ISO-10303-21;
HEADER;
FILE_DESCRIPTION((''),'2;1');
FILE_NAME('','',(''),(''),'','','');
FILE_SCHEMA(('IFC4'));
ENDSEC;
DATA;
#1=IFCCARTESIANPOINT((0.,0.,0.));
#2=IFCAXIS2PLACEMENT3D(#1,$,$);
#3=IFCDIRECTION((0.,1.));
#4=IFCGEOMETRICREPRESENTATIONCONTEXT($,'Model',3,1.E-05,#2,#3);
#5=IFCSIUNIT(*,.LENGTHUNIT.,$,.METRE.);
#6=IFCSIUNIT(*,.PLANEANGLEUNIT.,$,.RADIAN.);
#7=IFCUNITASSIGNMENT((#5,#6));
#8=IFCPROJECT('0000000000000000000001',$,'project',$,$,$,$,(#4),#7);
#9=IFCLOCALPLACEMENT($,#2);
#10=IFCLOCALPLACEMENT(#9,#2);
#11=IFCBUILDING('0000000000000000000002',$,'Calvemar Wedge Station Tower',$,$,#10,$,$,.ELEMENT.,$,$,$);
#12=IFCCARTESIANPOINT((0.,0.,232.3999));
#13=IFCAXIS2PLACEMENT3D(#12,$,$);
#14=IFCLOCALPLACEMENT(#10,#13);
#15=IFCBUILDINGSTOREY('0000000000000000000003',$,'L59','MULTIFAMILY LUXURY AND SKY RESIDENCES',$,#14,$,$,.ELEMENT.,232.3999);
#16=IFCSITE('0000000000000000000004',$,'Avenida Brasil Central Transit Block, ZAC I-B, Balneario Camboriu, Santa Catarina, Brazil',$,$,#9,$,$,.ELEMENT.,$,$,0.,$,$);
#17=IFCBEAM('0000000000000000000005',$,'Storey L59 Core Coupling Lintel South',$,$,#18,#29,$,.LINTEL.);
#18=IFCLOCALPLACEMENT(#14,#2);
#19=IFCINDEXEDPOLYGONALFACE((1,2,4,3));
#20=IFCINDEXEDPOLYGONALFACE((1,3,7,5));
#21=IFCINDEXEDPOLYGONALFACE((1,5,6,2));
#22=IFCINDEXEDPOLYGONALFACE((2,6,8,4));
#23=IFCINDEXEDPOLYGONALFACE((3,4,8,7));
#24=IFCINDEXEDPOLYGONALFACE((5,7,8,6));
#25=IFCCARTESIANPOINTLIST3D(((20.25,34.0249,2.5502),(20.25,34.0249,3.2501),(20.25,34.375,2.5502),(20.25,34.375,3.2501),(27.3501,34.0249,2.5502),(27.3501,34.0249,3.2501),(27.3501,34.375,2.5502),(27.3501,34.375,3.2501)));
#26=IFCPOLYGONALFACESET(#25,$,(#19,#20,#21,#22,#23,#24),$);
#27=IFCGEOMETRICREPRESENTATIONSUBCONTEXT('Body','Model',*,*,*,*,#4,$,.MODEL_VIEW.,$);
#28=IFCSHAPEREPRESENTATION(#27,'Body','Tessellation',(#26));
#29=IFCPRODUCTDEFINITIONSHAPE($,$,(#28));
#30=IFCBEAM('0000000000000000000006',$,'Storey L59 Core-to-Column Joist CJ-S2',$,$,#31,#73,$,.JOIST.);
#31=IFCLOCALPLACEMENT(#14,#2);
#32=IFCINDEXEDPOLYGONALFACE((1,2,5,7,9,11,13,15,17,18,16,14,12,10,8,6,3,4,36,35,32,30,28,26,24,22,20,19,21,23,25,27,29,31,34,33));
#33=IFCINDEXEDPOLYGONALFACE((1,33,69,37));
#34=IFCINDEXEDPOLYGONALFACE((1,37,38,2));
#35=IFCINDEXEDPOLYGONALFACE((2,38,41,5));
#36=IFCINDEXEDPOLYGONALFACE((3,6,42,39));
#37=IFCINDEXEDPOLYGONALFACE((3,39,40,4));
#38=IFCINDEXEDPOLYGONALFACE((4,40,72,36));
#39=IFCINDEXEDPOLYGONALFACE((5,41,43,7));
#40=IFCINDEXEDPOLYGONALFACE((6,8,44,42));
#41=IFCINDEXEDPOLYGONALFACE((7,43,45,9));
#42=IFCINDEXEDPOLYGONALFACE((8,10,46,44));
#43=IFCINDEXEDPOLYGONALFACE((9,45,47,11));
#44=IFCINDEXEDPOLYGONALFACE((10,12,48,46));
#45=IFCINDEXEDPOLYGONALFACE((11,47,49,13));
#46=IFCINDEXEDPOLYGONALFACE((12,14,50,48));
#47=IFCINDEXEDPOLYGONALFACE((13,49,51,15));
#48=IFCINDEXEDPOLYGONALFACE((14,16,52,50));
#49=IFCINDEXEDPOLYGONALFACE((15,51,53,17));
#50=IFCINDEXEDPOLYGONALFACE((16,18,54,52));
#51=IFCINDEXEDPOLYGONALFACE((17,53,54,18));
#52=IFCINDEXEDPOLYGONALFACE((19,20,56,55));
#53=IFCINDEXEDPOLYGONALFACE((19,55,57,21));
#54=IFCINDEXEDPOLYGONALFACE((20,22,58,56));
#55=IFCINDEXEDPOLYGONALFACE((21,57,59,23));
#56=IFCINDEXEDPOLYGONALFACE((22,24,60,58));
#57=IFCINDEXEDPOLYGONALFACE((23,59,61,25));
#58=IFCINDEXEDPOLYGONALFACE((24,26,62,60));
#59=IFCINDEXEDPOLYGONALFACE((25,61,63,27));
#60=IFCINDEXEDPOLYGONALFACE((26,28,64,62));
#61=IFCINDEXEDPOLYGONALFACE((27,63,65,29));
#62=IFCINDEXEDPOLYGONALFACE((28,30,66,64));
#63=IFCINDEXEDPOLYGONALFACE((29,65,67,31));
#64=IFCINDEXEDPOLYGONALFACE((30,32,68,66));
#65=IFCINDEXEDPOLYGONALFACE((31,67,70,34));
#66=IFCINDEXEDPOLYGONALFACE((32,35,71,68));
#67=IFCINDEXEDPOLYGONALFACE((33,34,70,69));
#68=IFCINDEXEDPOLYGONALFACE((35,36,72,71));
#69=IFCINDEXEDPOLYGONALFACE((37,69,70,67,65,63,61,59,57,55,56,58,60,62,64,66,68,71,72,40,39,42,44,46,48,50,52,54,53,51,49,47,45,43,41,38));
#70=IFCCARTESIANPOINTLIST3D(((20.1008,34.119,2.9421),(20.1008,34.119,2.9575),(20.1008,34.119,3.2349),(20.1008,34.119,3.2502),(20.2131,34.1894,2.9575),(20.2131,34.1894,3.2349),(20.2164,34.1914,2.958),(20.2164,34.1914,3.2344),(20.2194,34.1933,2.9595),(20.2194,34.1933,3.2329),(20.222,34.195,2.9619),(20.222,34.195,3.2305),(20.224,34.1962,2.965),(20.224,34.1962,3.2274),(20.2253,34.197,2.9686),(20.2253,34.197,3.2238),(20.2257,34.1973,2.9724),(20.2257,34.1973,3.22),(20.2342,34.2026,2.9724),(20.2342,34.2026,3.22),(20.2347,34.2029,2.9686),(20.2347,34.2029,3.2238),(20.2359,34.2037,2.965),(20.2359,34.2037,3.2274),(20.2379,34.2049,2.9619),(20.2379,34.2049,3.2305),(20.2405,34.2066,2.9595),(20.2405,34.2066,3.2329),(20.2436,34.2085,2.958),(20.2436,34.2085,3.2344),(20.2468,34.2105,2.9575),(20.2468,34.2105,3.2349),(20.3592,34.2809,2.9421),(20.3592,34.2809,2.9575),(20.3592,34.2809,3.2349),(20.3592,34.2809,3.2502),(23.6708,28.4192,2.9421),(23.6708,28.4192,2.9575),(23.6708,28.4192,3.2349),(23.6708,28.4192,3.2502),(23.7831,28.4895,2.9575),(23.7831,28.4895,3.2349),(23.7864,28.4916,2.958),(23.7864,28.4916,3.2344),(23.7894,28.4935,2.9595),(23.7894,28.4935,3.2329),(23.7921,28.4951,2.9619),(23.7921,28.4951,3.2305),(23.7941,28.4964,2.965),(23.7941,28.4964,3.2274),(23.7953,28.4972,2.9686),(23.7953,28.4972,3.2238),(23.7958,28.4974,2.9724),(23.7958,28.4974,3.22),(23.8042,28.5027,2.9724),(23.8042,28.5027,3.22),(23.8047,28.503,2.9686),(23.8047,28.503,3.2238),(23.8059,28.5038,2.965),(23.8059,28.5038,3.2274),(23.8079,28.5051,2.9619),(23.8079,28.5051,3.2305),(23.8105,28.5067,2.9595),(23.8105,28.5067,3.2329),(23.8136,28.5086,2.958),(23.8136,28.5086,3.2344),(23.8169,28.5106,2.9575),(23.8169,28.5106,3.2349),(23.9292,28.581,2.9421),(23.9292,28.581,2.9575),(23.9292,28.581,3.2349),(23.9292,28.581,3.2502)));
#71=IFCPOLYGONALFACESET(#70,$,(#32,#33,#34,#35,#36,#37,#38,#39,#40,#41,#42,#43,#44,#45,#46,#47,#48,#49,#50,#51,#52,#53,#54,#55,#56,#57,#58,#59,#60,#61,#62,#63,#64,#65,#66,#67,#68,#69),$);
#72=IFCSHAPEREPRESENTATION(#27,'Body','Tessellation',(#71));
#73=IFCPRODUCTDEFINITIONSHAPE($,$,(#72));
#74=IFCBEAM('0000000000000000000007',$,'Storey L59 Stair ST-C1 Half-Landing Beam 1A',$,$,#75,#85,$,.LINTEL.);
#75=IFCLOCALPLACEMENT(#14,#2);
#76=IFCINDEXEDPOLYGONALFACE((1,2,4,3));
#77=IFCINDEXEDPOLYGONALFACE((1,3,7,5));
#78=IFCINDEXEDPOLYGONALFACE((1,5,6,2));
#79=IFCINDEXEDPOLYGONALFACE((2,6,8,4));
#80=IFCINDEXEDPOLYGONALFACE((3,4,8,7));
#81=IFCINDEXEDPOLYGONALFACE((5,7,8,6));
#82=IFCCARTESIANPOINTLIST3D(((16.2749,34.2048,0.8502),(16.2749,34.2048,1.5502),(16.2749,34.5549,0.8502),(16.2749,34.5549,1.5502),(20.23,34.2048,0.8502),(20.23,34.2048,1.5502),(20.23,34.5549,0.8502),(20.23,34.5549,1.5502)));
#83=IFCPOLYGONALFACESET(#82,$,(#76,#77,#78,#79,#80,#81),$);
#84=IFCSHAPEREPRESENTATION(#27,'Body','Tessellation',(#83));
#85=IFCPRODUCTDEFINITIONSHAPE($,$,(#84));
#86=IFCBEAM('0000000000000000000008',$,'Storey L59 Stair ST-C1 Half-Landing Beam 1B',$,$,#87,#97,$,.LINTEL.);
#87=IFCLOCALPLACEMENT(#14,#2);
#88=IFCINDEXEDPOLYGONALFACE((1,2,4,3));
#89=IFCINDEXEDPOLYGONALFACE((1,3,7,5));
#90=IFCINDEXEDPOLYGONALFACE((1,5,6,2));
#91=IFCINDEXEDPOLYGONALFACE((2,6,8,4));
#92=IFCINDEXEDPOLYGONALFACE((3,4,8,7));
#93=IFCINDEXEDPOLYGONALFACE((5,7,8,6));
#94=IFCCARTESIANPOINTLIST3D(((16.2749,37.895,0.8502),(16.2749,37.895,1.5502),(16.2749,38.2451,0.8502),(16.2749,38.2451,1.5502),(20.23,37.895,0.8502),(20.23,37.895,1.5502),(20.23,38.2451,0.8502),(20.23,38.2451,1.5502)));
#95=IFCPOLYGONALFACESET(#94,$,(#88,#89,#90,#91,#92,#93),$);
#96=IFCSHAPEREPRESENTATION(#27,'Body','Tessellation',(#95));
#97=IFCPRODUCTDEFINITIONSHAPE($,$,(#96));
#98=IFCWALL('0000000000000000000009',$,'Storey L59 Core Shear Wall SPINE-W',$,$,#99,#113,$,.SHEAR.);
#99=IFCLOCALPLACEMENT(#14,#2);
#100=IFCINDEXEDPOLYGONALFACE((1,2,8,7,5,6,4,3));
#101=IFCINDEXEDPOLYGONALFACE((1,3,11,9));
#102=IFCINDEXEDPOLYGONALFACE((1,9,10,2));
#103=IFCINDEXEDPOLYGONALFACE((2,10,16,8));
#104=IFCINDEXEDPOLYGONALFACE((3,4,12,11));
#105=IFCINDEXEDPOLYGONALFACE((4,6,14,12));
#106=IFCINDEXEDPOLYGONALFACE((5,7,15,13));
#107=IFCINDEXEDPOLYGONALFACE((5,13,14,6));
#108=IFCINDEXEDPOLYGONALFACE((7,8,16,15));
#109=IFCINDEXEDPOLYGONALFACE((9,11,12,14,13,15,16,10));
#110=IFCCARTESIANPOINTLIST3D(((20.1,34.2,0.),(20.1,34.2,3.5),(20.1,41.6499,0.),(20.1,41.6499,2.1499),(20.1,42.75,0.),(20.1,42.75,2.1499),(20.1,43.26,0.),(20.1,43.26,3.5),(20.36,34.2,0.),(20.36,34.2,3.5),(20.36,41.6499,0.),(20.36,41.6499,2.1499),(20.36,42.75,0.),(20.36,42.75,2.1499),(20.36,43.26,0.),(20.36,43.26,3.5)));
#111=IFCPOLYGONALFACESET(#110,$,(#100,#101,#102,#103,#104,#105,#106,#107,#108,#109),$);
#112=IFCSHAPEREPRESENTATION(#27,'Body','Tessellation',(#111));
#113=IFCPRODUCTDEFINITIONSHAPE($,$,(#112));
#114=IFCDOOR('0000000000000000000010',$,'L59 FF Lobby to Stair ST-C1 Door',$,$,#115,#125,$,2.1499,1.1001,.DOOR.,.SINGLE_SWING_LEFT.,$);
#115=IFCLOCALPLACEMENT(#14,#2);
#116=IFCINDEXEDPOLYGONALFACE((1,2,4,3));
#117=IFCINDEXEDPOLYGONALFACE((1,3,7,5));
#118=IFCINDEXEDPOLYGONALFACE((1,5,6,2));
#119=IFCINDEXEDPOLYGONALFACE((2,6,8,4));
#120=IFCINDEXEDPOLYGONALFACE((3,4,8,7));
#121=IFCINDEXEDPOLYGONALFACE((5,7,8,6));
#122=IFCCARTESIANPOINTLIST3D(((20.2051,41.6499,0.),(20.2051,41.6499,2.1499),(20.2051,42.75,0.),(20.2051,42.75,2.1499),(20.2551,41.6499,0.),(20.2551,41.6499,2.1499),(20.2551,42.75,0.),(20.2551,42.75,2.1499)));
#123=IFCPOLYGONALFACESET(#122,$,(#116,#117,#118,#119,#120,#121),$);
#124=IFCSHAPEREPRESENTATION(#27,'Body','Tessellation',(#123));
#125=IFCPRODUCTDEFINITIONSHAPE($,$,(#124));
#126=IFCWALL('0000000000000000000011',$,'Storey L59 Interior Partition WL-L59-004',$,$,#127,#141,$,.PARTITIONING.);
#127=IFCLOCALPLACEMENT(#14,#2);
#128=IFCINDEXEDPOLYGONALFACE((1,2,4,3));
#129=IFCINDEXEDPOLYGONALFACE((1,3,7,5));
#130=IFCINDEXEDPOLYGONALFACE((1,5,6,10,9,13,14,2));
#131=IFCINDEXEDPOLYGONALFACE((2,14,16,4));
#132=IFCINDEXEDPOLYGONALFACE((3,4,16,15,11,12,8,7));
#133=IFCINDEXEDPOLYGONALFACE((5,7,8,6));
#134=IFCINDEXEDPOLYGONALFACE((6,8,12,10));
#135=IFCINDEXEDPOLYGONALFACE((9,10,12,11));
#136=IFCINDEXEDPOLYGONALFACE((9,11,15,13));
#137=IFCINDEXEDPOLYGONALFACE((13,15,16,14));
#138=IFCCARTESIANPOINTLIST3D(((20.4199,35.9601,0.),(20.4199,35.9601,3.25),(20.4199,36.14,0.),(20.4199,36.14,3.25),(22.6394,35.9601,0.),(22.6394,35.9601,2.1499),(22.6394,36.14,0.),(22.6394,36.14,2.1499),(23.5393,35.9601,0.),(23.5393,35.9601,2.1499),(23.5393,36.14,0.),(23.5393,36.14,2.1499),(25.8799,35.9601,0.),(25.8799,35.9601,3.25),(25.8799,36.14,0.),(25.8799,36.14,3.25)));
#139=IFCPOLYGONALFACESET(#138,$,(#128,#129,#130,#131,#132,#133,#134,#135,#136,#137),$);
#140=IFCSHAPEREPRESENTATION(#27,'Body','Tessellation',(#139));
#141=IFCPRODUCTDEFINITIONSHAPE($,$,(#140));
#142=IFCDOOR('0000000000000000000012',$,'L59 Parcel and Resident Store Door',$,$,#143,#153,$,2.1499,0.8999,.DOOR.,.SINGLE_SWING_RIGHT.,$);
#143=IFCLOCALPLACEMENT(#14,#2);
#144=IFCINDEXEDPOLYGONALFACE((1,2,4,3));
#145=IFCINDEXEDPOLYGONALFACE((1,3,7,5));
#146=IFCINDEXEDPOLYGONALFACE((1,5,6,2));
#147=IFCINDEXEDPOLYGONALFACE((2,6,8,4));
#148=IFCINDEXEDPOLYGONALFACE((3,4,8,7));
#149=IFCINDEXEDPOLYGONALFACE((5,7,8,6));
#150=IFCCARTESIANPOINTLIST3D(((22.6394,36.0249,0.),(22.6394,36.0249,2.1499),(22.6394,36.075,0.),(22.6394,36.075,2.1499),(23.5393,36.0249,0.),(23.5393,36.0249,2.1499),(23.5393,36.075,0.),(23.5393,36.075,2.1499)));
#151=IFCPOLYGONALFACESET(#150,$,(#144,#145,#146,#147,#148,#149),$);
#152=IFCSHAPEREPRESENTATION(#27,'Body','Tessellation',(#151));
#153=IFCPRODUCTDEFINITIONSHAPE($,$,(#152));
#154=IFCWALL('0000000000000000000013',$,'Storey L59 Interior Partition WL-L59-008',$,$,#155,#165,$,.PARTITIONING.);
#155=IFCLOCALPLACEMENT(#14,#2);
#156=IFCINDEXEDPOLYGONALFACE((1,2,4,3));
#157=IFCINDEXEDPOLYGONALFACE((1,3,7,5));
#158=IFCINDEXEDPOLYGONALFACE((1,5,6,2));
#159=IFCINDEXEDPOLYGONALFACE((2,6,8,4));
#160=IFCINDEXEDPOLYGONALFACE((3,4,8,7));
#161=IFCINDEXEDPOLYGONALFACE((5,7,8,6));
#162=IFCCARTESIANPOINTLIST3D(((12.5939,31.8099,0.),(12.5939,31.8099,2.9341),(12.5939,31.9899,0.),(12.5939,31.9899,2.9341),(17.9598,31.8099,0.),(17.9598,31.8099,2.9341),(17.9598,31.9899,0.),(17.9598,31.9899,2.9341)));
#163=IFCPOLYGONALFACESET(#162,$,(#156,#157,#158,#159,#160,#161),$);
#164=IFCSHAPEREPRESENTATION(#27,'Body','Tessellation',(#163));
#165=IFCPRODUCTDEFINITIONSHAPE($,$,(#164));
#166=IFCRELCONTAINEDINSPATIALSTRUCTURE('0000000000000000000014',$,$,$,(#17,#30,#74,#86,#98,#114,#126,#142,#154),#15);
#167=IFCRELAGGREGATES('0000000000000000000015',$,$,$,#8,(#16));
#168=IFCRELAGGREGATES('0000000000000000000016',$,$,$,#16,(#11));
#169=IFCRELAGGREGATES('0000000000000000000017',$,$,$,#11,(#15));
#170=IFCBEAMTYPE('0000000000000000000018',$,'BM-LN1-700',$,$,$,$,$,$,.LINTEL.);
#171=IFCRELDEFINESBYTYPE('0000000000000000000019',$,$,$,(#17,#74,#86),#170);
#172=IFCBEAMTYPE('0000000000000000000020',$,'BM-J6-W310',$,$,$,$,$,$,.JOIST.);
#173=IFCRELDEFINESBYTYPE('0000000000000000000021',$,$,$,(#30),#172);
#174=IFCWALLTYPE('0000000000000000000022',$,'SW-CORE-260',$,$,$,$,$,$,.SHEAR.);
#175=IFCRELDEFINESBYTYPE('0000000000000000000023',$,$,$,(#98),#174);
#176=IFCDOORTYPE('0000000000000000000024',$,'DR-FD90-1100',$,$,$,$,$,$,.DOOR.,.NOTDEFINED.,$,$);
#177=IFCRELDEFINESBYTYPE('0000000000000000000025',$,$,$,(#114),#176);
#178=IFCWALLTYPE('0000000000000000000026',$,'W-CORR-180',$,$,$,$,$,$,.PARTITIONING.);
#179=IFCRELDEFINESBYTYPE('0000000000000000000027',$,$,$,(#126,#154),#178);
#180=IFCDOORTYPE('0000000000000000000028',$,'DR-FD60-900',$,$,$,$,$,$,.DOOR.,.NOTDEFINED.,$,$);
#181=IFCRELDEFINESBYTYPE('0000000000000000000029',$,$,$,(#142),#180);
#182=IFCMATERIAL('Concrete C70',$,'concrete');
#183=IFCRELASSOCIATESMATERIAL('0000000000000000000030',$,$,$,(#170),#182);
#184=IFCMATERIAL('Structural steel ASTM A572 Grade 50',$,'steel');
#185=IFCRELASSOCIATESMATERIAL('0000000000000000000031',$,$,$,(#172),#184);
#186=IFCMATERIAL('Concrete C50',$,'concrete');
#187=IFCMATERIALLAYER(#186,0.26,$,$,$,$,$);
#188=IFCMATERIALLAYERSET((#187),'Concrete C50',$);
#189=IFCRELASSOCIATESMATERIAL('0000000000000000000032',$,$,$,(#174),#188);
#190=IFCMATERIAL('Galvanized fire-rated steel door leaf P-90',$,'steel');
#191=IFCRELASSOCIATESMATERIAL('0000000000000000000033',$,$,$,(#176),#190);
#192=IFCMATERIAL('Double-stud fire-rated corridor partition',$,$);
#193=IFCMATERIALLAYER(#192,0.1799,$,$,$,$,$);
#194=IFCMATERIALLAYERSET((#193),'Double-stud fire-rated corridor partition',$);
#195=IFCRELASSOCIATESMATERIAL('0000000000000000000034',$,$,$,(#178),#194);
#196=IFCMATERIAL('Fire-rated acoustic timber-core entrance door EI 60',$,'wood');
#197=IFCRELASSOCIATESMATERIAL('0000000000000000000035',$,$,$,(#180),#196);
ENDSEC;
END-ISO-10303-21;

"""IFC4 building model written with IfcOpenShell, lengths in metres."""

from ifc_helpers import new_model, si_unit, direction, frame, frame_2d, origin, origin_2d, place, context, subcontext, project, spatial, rectangle, i_section, extrude, source, transform, mapped, material, layer, layer_set, material_profile, profile_set, type_object, element, fill, save


model = new_model("IFC4")

# Units and contexts
model_context = context("Model", 3, precision=1e-05, world=origin(), true_north=direction((0.0, 1.0)))
body_context = subcontext(model_context, "Body", "Model", "MODEL_VIEW")
ifc_project = project(units=[si_unit("LENGTHUNIT", "METRE"), si_unit("PLANEANGLEUNIT", "RADIAN")], contexts=[model_context])

# Site, building, storey
site_placement = place(None, origin())
site = spatial("IfcSite", under=ifc_project, at=site_placement, Name="Avenida Brasil Central Transit Block, ZAC I-B, Balneario Camboriu, Santa Catarina, Brazil", CompositionType="ELEMENT", RefElevation=0.0)
building_placement = place(site_placement, origin())
building = spatial("IfcBuilding", under=site, at=building_placement, Name="Calvemar Wedge Station Tower", CompositionType="ELEMENT")
storey_placement = place(building_placement, frame((0.0, 0.0, 232.3999)))
storey = spatial("IfcBuildingStorey", under=building, at=storey_placement, Name="L59", Description="MULTIFAMILY LUXURY AND SKY RESIDENCES", CompositionType="ELEMENT", Elevation=232.3999)

# Beams
ifc_material_1 = material(Name="Concrete C70", Category="concrete")
ifc_material_profile_1 = material_profile(ifc_material_1, rectangle(XDim=0.3501, YDim=0.7, at=origin_2d()), Name="RC350x700")
ifc_profile_set_1 = profile_set([ifc_material_profile_1], Name="Concrete C70")
beam_type_1 = type_object("IfcBeamType", Name="BM-LN1-700", PredefinedType="LINTEL", material=ifc_profile_set_1)
shared_shape_1 = source(origin(), body_context, "Body", "SweptSolid", [
    extrude(rectangle(XDim=0.3501, YDim=0.7, at=origin_2d()), origin(), (0.0, 0.0, 1.0), 7.1001),
])
beam_1_placement = place(storey_placement, frame((20.25, 34.2, 2.9001), z_axis=(1.0, 0.0, 0.0), x_axis=(0.0, 1.0, 0.0)))
element("IfcBeam", 1, at=beam_1_placement, inside=storey, type_object=beam_type_1, Name="Storey L59 Core Coupling Lintel South", PredefinedType="LINTEL", context=body_context, shape_type="MappedRepresentation", body=[
    mapped(shared_shape_1, transform((0.0, 0.0, 0.0), scale=1.0)),
])
ifc_material_2 = material(Name="Structural steel ASTM A572 Grade 50", Category="steel")
ifc_material_profile_2 = material_profile(ifc_material_2, i_section(OverallWidth=0.3049, OverallDepth=0.3081, WebThickness=0.01, FlangeThickness=0.0154, FilletRadius=0.0149, at=origin_2d()), Name="W310x97")
ifc_profile_set_2 = profile_set([ifc_material_profile_2], Name="Structural steel ASTM A572 Grade 50")
beam_type_2 = type_object("IfcBeamType", Name="BM-J6-W310", PredefinedType="JOIST", material=ifc_profile_set_2)
shared_shape_2 = source(origin(), body_context, "Body", "SweptSolid", [
    extrude(i_section(OverallWidth=0.3049, OverallDepth=0.3081, WebThickness=0.01, FlangeThickness=0.0154, FilletRadius=0.0149, at=origin_2d()), origin(), (0.0, 0.0, 1.0), 6.7256),
])
beam_2_placement = place(storey_placement, frame((20.23, 34.2, 3.0962), z_axis=(0.530811, -0.84749, 0.0), x_axis=(0.84749, 0.530811, 0.0)))
element("IfcBeam", 2, at=beam_2_placement, inside=storey, type_object=beam_type_2, Name="Storey L59 Core-to-Column Joist CJ-S2", PredefinedType="JOIST", context=body_context, shape_type="MappedRepresentation", body=[
    mapped(shared_shape_2, transform((0.0, 0.0, 0.0), scale=1.0)),
])
shared_shape_3 = source(origin(), body_context, "Body", "SweptSolid", [
    extrude(rectangle(XDim=0.3501, YDim=0.7, at=origin_2d()), origin(), (0.0, 0.0, 1.0), 3.9551),
])
for number, where, z_axis, x_axis, name in (
    (3, (16.2749, 34.3799, 1.2002), (1.0, 0.0, 0.0), (0.0, 1.0, 0.0), "Storey L59 Stair ST-C1 Half-Landing Beam 1A"),
    (4, (16.2749, 38.0701, 1.2002), (1.0, 0.0, 0.0), (0.0, 1.0, 0.0), "Storey L59 Stair ST-C1 Half-Landing Beam 1B"),
):
    element("IfcBeam", number, at=place(storey_placement, frame(where, z_axis=z_axis, x_axis=x_axis)), inside=storey, type_object=beam_type_1, Name=name, PredefinedType="LINTEL", context=body_context, shape_type="MappedRepresentation", body=[
        mapped(shared_shape_3, transform((0.0, 0.0, 0.0), scale=1.0)),
    ])

# Walls, openings, doors
ifc_material_3 = material(Name="Concrete C50", Category="concrete")
ifc_layer_1 = layer(ifc_material_3, 0.26)
ifc_layer_set_1 = layer_set([ifc_layer_1], Name="Concrete C50")
wall_type_1 = type_object("IfcWallType", Name="SW-CORE-260", PredefinedType="SHEAR", material=ifc_layer_set_1)
wall_1_placement = place(storey_placement, frame((20.23, 34.2, 0.0), z_axis=(0.0, 0.0, 1.0), x_axis=(0.0, 1.0, 0.0)))
wall_1 = element("IfcWall", 5, at=wall_1_placement, inside=storey, type_object=wall_type_1, Name="Storey L59 Core Shear Wall SPINE-W", PredefinedType="SHEAR", context=body_context, shape_type="SweptSolid", body=[
    extrude(rectangle(XDim=9.0601, YDim=0.26, at=frame_2d((4.53, 0.0))), origin(), (0.0, 0.0, 1.0), 3.5),
])
shared_shape_4 = source(origin(), body_context, "Body", "SweptSolid", [
    extrude(rectangle(XDim=1.1001, YDim=2.1499, at=frame_2d((0.55, 1.075))), frame((0.0, 0.1401, 0.0), z_axis=(0.0, -1.0, 0.0), x_axis=(1.0, 0.0, 0.0)), (0.0, 0.0, 1.0), 0.28),
])
opening_1_placement = place(wall_1_placement, frame((7.45, 0.0, 0.0)))
opening_1 = element("IfcOpeningElement", 6, at=opening_1_placement, cuts=wall_1, PredefinedType="OPENING", context=body_context, shape_type="MappedRepresentation", body=[
    mapped(shared_shape_4, transform((0.0, 0.0, 0.0), scale=1.0)),
])
ifc_material_4 = material(Name="Galvanized fire-rated steel door leaf P-90", Category="steel")
door_type_1 = type_object("IfcDoorType", Name="DR-FD90-1100", OperationType="NOTDEFINED", PredefinedType="DOOR", material=ifc_material_4)
shared_shape_5 = source(origin(), body_context, "Body", "SweptSolid", [
    extrude(rectangle(XDim=1.1001, YDim=2.1499, at=frame_2d((0.55, 1.075))), frame((0.0, 0.0249, 0.0), z_axis=(0.0, -1.0, 0.0), x_axis=(1.0, 0.0, 0.0)), (0.0, 0.0, 1.0), 0.05),
])
door_1_placement = place(opening_1_placement, origin())
door_1 = element("IfcDoor", 7, at=door_1_placement, inside=storey, type_object=door_type_1, Name="L59 FF Lobby to Stair ST-C1 Door", OperationType="SINGLE_SWING_LEFT", OverallHeight=2.1499, OverallWidth=1.1001, PredefinedType="DOOR", context=body_context, shape_type="MappedRepresentation", body=[
    mapped(shared_shape_5, transform((0.0, 0.0, 0.0), scale=1.0)),
])
fill(opening_1, door_1)
ifc_material_5 = material(Name="Double-stud fire-rated corridor partition")
ifc_layer_2 = layer(ifc_material_5, 0.1799)
ifc_layer_set_2 = layer_set([ifc_layer_2], Name="Double-stud fire-rated corridor partition")
wall_type_2 = type_object("IfcWallType", Name="W-CORR-180", PredefinedType="PARTITIONING", material=ifc_layer_set_2)
wall_2_placement = place(storey_placement, frame((20.4199, 36.05, 0.0), z_axis=(0.0, 0.0, 1.0), x_axis=(1.0, 0.0, 0.0)))
wall_2 = element("IfcWall", 8, at=wall_2_placement, inside=storey, type_object=wall_type_2, Name="Storey L59 Interior Partition WL-L59-004", PredefinedType="PARTITIONING", context=body_context, shape_type="SweptSolid", body=[
    extrude(rectangle(XDim=5.46, YDim=0.1799, at=frame_2d((2.73, 0.0))), origin(), (0.0, 0.0, 1.0), 3.25),
])
shared_shape_6 = source(origin(), body_context, "Body", "SweptSolid", [
    extrude(rectangle(XDim=0.8999, YDim=2.1499, at=frame_2d((0.45, 1.075))), frame((0.0, 0.1001, 0.0), z_axis=(0.0, -1.0, 0.0), x_axis=(1.0, 0.0, 0.0)), (0.0, 0.0, 1.0), 0.2),
])
opening_2_placement = place(wall_2_placement, frame((2.2195, 0.0, 0.0)))
opening_2 = element("IfcOpeningElement", 9, at=opening_2_placement, cuts=wall_2, PredefinedType="OPENING", context=body_context, shape_type="MappedRepresentation", body=[
    mapped(shared_shape_6, transform((0.0, 0.0, 0.0), scale=1.0)),
])
ifc_material_6 = material(Name="Fire-rated acoustic timber-core entrance door EI 60", Category="wood")
door_type_2 = type_object("IfcDoorType", Name="DR-FD60-900", OperationType="NOTDEFINED", PredefinedType="DOOR", material=ifc_material_6)
shared_shape_7 = source(origin(), body_context, "Body", "SweptSolid", [
    extrude(rectangle(XDim=0.8999, YDim=2.1499, at=frame_2d((0.45, 1.075))), frame((0.0, 0.0249, 0.0), z_axis=(0.0, -1.0, 0.0), x_axis=(1.0, 0.0, 0.0)), (0.0, 0.0, 1.0), 0.05),
])
door_2_placement = place(opening_2_placement, origin())
door_2 = element("IfcDoor", 10, at=door_2_placement, inside=storey, type_object=door_type_2, Name="L59 Parcel and Resident Store Door", OperationType="SINGLE_SWING_RIGHT", OverallHeight=2.1499, OverallWidth=0.8999, PredefinedType="DOOR", context=body_context, shape_type="MappedRepresentation", body=[
    mapped(shared_shape_7, transform((0.0, 0.0, 0.0), scale=1.0)),
])
fill(opening_2, door_2)

# Wall
wall_3_placement = place(storey_placement, frame((17.96, 31.8999, 0.0), z_axis=(0.0, 0.0, 1.0), x_axis=(-1.0, 0.0, 0.0)))
element("IfcWall", 11, at=wall_3_placement, inside=storey, type_object=wall_type_2, Name="Storey L59 Interior Partition WL-L59-008", PredefinedType="PARTITIONING", context=body_context, shape_type="SweptSolid", body=[
    extrude(rectangle(XDim=5.366, YDim=0.1799, at=frame_2d((2.6831, 0.0))), origin(), (0.0, 0.0, 1.0), 2.9341),
])

save(model, "model.ifc")
